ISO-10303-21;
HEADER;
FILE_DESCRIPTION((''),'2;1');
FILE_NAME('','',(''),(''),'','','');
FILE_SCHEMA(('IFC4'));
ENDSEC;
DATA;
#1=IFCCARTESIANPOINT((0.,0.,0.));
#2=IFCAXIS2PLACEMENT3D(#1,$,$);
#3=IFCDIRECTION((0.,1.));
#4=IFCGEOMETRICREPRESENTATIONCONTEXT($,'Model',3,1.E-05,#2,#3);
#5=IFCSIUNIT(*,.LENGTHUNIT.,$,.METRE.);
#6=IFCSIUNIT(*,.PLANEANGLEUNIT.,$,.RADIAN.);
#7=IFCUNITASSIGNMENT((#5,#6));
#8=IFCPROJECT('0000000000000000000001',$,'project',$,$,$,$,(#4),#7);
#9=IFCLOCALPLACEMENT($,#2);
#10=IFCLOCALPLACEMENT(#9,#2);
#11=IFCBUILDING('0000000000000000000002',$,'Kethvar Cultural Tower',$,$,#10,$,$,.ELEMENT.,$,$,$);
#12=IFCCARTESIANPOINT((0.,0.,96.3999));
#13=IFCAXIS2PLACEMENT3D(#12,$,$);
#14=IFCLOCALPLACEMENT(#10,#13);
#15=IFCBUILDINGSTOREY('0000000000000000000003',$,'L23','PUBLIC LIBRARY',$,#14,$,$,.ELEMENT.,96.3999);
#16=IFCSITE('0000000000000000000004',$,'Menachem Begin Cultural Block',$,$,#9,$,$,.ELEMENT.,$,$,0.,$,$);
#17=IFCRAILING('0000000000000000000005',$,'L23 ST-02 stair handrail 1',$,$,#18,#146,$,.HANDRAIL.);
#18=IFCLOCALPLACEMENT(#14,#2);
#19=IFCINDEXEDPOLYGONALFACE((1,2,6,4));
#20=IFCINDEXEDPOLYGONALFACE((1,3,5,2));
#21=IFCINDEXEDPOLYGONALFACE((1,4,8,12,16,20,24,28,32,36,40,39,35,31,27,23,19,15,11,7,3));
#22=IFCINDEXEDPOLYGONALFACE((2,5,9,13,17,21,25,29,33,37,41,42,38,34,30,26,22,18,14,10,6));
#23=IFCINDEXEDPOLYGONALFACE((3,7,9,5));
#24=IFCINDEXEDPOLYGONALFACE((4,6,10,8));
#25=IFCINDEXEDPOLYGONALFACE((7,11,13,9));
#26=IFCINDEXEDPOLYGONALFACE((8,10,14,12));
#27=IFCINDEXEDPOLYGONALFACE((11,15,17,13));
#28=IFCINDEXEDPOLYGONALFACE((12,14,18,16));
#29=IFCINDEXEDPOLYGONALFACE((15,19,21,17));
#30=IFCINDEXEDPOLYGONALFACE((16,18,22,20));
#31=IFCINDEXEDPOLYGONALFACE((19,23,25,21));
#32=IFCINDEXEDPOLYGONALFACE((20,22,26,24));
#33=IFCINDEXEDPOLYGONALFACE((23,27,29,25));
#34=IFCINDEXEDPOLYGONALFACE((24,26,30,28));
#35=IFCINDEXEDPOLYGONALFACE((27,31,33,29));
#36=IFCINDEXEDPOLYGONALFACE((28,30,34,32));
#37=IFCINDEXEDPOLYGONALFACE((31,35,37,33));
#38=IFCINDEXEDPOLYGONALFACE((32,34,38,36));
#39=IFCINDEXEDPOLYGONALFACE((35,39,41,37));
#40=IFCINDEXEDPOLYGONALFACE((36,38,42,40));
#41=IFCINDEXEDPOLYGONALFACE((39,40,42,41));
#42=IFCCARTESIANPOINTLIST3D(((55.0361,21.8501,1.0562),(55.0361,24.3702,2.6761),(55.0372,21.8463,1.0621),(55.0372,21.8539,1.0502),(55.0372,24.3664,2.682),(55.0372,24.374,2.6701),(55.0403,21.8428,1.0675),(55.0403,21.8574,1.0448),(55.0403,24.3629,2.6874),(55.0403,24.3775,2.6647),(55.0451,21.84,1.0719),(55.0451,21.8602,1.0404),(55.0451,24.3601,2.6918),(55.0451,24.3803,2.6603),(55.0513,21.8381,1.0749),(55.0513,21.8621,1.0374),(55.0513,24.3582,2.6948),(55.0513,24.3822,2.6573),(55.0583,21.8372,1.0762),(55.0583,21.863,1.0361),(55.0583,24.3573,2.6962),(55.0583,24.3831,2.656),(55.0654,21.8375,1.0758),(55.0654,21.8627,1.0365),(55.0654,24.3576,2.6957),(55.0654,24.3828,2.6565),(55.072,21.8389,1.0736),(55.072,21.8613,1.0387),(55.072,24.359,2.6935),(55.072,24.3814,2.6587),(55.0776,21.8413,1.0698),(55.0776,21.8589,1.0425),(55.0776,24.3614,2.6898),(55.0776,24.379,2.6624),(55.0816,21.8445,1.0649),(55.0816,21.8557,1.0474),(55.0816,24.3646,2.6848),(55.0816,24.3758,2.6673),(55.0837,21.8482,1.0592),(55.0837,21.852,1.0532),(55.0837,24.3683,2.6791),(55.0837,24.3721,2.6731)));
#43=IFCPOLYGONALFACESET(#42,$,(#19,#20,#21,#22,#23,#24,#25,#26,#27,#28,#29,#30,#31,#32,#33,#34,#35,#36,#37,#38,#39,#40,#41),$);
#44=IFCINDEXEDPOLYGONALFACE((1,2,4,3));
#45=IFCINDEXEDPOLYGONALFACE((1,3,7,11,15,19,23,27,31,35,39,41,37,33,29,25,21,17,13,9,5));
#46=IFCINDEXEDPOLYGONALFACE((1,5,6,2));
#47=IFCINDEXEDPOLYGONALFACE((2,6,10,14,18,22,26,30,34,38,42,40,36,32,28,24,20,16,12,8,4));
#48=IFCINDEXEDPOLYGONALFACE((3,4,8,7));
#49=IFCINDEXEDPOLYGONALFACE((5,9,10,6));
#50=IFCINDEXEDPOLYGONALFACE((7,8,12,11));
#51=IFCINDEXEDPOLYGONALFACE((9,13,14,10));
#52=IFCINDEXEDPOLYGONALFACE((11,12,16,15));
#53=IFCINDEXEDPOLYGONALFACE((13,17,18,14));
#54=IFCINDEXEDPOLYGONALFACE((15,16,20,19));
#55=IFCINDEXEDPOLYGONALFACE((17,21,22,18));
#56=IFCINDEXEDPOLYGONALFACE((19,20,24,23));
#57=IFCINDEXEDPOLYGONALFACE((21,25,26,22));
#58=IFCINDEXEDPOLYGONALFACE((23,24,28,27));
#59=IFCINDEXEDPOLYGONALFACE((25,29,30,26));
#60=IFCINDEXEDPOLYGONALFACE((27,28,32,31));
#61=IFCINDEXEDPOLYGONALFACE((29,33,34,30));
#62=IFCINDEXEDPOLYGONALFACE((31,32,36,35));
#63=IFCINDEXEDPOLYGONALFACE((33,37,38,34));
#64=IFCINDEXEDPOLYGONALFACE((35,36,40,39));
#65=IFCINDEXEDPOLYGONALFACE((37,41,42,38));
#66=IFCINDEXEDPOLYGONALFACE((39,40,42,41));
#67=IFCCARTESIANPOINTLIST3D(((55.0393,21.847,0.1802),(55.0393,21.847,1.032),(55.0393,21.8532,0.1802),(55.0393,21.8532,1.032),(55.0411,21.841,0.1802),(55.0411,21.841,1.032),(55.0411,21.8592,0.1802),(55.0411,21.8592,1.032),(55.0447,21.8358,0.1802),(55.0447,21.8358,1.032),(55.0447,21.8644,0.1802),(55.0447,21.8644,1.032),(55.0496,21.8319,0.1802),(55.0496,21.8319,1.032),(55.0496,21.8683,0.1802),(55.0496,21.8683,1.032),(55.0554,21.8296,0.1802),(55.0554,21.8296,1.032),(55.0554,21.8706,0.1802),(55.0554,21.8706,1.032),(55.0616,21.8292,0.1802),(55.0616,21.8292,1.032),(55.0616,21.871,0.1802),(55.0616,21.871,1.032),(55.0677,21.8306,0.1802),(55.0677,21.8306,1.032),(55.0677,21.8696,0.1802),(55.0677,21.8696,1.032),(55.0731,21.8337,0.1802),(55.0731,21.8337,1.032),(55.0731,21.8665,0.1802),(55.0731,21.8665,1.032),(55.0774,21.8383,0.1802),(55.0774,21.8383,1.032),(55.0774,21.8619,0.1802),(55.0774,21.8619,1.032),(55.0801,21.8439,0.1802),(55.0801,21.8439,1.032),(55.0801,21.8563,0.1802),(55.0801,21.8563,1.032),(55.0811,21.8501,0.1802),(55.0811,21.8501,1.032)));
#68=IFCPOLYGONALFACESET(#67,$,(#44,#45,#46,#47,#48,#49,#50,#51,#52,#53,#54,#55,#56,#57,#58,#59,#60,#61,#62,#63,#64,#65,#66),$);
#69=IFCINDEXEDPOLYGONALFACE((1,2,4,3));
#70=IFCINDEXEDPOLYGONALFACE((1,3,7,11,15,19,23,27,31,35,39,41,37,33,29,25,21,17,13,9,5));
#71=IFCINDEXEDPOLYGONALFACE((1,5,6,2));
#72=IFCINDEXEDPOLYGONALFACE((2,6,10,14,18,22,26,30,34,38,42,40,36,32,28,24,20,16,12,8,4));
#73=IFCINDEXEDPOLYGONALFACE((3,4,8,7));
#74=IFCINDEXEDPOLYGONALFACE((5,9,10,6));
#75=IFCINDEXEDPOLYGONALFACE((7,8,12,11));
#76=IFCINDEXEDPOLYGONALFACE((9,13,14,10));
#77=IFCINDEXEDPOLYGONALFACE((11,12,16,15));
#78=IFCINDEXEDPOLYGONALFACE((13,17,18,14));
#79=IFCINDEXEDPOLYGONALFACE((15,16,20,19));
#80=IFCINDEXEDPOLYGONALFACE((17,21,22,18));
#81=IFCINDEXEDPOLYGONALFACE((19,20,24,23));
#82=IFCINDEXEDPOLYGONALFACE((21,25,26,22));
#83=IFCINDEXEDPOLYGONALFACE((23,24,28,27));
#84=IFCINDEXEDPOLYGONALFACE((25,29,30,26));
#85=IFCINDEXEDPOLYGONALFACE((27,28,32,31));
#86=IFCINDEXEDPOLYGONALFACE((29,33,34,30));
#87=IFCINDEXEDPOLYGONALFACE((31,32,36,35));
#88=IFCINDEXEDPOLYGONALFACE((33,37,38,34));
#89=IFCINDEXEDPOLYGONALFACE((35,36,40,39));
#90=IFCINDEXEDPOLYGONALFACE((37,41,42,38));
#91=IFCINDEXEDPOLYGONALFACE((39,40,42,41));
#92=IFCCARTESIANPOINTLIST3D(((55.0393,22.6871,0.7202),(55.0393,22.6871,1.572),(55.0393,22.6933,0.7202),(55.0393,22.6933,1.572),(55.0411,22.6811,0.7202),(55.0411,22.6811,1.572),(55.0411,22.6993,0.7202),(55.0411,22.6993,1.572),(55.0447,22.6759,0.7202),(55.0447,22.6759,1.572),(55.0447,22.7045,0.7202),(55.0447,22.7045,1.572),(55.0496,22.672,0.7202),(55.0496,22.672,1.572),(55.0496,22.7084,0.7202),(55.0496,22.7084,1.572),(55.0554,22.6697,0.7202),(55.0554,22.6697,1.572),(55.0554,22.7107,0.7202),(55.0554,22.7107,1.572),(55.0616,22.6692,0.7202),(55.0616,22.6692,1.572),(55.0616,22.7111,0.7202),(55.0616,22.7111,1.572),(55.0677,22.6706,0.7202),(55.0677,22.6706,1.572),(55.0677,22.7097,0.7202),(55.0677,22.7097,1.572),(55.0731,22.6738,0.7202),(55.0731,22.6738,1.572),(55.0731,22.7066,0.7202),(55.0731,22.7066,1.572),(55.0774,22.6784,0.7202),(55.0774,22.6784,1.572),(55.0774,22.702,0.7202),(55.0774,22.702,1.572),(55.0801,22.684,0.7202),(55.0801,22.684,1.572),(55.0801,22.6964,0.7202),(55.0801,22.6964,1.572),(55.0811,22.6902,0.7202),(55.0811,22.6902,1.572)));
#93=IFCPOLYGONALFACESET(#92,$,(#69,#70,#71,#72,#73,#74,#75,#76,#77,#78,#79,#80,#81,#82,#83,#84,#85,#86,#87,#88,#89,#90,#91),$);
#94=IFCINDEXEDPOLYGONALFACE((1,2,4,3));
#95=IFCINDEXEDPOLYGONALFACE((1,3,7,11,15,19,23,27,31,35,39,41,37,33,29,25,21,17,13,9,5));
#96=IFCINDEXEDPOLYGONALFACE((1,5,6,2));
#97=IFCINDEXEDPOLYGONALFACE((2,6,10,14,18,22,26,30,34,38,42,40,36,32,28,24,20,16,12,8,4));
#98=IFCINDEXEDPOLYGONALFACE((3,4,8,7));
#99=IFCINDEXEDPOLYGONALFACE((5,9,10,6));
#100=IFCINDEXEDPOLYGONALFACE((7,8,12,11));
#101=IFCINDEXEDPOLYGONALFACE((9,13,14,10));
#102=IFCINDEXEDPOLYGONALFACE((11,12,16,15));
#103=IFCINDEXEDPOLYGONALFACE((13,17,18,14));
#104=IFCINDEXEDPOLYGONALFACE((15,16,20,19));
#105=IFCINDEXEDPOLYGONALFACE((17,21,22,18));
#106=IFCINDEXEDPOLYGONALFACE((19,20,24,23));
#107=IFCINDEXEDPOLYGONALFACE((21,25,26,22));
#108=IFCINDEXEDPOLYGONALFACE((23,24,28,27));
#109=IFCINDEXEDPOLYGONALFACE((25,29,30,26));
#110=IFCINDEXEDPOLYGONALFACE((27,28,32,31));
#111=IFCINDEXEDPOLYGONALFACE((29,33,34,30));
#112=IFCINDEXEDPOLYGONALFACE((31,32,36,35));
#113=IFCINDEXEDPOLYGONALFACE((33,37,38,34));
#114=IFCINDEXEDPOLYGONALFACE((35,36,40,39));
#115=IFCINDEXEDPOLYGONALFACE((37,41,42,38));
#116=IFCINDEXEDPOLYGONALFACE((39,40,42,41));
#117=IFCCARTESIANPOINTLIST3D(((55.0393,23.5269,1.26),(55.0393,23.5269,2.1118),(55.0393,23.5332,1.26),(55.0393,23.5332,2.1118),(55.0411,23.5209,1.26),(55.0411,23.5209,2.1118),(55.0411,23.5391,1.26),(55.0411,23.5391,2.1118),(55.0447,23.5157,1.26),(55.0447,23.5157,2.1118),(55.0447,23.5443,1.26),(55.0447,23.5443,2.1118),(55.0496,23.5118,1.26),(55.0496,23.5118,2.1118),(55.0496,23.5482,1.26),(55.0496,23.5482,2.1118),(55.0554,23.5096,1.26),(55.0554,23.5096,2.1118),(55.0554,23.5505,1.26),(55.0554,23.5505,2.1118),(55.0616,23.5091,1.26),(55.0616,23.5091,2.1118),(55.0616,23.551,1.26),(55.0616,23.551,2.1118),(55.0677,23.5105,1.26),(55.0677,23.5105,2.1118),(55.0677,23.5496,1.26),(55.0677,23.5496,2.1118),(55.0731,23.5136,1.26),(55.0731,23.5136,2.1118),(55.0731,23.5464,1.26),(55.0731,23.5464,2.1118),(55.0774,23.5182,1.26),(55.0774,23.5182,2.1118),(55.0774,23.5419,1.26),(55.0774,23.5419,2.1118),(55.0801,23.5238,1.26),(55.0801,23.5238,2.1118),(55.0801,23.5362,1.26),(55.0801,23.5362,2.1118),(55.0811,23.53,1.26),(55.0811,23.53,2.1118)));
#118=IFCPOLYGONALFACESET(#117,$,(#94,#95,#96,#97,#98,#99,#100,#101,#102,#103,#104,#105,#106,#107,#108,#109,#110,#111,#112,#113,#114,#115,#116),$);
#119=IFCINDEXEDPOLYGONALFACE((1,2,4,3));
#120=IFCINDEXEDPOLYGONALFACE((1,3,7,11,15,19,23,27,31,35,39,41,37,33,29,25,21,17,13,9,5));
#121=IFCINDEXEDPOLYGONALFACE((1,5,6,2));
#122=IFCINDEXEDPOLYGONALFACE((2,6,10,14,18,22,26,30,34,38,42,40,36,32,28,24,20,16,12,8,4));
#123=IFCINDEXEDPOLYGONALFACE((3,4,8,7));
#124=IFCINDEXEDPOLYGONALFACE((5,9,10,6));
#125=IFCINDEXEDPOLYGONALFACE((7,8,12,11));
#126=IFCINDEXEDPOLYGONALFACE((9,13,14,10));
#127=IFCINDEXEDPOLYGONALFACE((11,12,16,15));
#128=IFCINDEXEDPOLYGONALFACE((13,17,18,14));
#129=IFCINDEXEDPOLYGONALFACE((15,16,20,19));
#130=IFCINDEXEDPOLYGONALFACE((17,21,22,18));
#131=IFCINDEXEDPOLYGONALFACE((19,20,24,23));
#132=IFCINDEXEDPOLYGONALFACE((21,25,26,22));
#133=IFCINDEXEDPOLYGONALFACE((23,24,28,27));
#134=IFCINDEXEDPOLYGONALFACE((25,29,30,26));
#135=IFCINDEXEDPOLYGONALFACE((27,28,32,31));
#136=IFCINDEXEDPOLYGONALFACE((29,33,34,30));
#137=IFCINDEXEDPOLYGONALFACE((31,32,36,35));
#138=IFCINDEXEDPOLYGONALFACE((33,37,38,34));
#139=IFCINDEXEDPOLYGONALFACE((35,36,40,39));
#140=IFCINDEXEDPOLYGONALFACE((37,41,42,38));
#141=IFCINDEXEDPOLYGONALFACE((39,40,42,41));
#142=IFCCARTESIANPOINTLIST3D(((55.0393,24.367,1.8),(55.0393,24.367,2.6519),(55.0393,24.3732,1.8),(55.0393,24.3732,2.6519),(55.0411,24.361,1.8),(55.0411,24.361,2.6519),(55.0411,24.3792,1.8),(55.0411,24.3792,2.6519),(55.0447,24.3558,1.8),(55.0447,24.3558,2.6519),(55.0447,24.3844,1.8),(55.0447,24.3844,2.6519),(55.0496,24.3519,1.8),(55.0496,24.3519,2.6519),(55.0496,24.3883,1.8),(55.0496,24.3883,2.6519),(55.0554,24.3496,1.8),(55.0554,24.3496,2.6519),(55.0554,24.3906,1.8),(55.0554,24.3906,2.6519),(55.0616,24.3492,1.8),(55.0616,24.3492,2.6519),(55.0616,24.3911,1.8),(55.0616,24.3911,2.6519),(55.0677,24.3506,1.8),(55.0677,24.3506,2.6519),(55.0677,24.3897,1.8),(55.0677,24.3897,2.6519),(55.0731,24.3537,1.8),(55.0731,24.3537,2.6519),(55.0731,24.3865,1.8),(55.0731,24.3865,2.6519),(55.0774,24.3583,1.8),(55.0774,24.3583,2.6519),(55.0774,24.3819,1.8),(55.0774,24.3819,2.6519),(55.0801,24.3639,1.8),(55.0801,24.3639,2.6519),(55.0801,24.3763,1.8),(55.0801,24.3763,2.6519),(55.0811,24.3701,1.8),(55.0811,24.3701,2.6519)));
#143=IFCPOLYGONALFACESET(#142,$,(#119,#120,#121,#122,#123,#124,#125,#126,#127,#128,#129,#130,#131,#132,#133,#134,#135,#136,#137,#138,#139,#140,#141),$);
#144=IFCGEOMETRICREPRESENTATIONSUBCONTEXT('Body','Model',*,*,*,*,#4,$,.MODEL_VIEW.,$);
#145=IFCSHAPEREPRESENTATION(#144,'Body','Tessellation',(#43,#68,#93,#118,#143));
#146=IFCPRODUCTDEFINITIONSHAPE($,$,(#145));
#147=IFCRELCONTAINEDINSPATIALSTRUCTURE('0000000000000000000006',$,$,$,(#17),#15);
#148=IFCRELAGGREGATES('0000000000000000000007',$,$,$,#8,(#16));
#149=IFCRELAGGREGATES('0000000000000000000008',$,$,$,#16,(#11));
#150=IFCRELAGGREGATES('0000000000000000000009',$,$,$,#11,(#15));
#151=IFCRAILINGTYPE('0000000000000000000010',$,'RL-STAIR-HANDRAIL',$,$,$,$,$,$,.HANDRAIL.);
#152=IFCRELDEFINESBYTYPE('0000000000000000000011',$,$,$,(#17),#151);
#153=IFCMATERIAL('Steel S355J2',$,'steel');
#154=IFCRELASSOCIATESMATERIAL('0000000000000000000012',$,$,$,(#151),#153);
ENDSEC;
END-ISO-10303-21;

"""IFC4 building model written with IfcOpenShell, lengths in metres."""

from ifc_helpers import new_model, si_unit, direction, frame, origin, origin_2d, place, context, subcontext, project, spatial, circle, extrude, material, type_object, element, save


model = new_model("IFC4")

# Units and contexts
model_context = context("Model", 3, precision=1e-05, world=origin(), true_north=direction((0.0, 1.0)))
body_context = subcontext(model_context, "Body", "Model", "MODEL_VIEW")
ifc_project = project(units=[si_unit("LENGTHUNIT", "METRE"), si_unit("PLANEANGLEUNIT", "RADIAN")], contexts=[model_context])

# Site, building, storey
site_placement = place(None, origin())
site = spatial("IfcSite", under=ifc_project, at=site_placement, Name="Menachem Begin Cultural Block", CompositionType="ELEMENT", RefElevation=0.0)
building_placement = place(site_placement, origin())
building = spatial("IfcBuilding", under=site, at=building_placement, Name="Kethvar Cultural Tower", CompositionType="ELEMENT")
storey_placement = place(building_placement, frame((0.0, 0.0, 96.3999)))
storey = spatial("IfcBuildingStorey", under=building, at=storey_placement, Name="L23", Description="PUBLIC LIBRARY", CompositionType="ELEMENT", Elevation=96.3999)

# Shared definitions
ifc_material_1 = material(Name="Steel S355J2", Category="steel")

# Railing
railing_type_1 = type_object("IfcRailingType", Name="RL-STAIR-HANDRAIL", PredefinedType="HANDRAIL", material=ifc_material_1)
railing_1_placement = place(storey_placement, frame((55.0601, 21.8501, 0.1802)))
element("IfcRailing", 1, at=railing_1_placement, inside=storey, type_object=railing_type_1, Name="L23 ST-02 stair handrail 1", PredefinedType="HANDRAIL", context=body_context, shape_type="SweptSolid", body=[
    extrude(circle(Radius=0.0239, at=origin_2d()), frame((0.0, 0.0, 0.876), z_axis=(0.0, 0.8412, 0.540725), x_axis=(-1.0, 0.0, 0.0)), (0.0, 0.0, 1.0), 2.9958),
    extrude(circle(Radius=0.021, at=origin_2d()), origin(), (0.0, 0.0, 1.0), 0.8518),
    extrude(circle(Radius=0.021, at=origin_2d()), frame((0.0, 0.8401, 0.54)), (0.0, 0.0, 1.0), 0.8518),
    extrude(circle(Radius=0.021, at=origin_2d()), frame((0.0, 1.6799, 1.0798)), (0.0, 0.0, 1.0), 0.8518),
    extrude(circle(Radius=0.021, at=origin_2d()), frame((0.0, 2.52, 1.6199)), (0.0, 0.0, 1.0), 0.8518),
])

save(model, "model.ifc")
